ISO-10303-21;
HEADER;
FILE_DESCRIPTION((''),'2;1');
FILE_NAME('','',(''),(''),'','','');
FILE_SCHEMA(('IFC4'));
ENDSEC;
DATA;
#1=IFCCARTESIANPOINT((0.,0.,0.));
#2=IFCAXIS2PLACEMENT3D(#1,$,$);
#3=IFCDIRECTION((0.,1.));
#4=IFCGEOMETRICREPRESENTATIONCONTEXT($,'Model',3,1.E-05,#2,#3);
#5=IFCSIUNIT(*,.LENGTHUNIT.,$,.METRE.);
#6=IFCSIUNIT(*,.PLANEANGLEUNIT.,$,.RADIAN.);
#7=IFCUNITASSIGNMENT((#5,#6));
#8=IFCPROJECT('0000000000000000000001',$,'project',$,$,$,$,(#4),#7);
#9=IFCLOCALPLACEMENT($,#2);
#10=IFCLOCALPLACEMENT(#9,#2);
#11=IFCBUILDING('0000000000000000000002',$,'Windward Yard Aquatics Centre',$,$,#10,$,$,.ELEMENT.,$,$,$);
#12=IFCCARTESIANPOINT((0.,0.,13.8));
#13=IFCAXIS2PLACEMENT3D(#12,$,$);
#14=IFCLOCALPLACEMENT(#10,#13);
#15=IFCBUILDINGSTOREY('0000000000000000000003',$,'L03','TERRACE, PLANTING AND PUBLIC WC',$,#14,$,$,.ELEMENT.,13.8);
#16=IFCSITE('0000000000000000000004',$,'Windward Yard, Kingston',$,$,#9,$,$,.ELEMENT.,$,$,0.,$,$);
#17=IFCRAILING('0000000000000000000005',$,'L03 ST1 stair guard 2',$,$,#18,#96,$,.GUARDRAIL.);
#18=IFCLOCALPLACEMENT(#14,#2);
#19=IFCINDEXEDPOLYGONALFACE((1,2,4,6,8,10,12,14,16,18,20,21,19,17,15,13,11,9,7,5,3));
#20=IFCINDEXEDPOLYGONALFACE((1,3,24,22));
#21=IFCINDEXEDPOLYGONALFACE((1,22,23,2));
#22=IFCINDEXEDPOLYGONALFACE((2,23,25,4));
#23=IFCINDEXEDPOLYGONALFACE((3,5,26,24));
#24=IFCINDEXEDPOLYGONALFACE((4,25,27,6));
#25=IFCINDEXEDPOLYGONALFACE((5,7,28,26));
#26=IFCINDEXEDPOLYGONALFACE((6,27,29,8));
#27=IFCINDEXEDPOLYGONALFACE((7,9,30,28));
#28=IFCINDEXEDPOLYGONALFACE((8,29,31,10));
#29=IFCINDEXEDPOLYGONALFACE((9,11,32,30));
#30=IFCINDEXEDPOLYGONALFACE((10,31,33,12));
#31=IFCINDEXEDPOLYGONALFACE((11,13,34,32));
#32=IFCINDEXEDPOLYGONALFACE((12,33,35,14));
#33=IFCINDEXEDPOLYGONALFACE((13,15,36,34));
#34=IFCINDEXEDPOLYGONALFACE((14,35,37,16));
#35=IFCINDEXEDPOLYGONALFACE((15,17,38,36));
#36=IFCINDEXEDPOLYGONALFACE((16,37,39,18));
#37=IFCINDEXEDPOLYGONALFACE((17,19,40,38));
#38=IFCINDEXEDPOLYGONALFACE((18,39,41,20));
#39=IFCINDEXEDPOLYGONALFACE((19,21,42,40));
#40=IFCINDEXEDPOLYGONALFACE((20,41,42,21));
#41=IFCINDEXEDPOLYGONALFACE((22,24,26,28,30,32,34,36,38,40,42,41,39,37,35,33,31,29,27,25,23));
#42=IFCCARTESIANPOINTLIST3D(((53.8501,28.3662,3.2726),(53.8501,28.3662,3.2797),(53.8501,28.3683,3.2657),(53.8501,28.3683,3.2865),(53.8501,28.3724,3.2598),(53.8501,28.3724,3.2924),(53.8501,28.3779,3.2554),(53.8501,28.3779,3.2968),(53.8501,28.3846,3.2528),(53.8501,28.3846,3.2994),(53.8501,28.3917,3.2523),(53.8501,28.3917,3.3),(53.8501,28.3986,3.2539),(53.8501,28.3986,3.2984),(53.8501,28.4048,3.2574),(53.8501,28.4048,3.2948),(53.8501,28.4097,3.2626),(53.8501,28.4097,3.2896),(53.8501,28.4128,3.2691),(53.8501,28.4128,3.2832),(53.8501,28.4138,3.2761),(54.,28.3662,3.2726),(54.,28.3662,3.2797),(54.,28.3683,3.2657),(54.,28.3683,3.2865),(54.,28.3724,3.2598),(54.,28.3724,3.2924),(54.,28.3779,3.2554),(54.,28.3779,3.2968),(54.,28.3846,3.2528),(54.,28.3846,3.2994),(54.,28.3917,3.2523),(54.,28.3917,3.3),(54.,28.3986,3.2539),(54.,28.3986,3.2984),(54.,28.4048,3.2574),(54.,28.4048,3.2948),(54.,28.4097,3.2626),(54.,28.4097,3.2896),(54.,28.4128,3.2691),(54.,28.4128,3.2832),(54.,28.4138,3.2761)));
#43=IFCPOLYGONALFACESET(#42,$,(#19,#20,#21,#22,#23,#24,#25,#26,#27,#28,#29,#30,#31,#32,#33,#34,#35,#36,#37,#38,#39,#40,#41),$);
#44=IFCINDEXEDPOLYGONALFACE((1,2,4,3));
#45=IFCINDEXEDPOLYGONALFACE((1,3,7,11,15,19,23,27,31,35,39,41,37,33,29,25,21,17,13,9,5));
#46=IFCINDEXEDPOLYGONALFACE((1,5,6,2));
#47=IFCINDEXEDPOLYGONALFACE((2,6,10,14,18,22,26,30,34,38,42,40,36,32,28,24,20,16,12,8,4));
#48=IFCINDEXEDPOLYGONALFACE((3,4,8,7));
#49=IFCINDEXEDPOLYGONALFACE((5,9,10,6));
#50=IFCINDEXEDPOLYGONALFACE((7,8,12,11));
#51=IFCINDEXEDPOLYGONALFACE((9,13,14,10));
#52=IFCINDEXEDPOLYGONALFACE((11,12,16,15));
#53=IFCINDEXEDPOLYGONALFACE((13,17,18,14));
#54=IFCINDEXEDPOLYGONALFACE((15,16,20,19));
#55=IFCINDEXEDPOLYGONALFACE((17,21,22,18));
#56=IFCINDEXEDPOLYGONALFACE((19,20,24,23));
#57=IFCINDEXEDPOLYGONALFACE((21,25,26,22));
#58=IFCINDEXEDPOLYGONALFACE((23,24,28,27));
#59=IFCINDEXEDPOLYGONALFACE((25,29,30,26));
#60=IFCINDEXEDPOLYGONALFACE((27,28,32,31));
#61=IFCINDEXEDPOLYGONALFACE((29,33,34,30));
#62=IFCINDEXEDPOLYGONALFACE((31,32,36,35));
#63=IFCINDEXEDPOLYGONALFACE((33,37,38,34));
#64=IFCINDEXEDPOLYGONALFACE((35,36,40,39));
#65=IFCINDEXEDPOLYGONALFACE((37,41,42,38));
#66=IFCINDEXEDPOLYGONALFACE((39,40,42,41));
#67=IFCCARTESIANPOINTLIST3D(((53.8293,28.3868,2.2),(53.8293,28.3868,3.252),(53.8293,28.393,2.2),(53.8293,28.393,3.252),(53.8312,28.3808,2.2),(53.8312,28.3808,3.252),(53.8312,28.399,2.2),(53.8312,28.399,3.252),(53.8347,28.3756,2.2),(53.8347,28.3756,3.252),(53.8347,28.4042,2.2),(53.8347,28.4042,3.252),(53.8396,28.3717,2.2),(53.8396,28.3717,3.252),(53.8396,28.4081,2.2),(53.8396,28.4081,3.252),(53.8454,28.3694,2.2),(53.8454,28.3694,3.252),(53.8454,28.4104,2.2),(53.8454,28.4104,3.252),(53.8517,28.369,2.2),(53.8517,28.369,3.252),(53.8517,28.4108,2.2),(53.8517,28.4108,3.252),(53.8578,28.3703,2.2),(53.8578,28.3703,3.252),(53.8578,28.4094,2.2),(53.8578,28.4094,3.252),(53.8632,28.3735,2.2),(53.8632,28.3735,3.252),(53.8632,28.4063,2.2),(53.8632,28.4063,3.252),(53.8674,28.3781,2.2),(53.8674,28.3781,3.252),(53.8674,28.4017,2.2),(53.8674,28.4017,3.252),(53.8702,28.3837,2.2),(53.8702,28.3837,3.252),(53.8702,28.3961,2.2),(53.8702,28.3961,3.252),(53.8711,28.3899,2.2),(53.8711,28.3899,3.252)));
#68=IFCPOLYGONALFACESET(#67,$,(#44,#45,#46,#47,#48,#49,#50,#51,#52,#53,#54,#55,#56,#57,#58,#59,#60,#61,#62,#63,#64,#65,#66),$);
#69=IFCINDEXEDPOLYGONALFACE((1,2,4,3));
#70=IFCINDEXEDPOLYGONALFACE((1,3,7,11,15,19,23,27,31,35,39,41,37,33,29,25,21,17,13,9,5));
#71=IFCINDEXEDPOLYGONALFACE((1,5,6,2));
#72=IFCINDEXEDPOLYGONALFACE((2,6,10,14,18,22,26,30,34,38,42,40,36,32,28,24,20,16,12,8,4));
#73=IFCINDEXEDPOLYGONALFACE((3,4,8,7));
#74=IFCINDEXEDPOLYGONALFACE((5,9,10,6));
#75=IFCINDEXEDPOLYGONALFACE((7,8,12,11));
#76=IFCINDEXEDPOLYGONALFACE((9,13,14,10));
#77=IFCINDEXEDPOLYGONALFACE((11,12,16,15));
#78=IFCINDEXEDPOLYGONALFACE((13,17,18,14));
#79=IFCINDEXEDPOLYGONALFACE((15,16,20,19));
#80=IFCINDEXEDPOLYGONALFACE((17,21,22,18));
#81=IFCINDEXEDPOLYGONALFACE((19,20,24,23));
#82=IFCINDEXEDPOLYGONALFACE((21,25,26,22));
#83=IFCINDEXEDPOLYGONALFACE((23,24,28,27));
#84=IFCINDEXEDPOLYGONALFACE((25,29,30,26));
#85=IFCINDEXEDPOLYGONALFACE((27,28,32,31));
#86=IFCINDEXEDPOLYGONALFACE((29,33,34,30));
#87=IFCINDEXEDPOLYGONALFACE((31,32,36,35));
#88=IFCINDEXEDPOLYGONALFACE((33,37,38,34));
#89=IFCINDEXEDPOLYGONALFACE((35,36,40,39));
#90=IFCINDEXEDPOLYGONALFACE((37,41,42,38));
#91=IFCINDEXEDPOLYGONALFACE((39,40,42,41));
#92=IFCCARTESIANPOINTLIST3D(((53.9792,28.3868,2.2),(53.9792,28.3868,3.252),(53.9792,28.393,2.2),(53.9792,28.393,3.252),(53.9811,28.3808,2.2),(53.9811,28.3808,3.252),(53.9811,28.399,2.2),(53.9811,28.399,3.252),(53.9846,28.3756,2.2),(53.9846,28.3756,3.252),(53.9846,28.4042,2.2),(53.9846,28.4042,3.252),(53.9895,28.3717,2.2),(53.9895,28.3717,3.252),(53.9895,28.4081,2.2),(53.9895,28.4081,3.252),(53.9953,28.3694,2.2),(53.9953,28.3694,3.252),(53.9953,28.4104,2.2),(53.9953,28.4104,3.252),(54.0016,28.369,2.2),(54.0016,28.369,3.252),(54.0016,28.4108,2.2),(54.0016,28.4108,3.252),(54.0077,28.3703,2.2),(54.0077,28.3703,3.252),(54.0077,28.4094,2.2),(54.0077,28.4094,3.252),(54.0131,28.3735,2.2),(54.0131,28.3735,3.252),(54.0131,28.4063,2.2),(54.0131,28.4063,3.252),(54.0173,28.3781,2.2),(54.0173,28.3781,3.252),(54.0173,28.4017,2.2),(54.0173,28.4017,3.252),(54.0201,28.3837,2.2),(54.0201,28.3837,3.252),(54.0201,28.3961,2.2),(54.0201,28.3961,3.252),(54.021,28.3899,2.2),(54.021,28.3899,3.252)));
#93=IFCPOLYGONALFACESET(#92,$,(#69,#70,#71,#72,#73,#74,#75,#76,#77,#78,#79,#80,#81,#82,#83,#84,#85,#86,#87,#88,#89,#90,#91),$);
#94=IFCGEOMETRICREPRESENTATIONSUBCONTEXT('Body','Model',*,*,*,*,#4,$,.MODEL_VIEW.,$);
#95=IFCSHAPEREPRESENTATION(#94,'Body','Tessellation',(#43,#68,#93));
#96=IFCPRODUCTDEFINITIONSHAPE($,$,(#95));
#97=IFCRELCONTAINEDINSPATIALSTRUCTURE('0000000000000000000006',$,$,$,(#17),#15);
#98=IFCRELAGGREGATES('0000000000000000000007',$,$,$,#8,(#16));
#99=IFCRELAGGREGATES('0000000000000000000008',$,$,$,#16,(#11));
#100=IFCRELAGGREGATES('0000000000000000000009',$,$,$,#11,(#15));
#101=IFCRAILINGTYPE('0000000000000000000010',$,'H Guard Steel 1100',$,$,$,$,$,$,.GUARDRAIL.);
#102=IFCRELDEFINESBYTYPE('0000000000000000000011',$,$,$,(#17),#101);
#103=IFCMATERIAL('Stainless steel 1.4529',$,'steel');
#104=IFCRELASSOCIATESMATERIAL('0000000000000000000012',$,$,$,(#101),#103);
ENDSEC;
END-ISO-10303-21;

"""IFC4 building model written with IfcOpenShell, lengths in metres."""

from ifc_helpers import new_model, si_unit, direction, frame, origin, origin_2d, place, context, subcontext, project, spatial, circle, extrude, material, type_object, element, save


model = new_model("IFC4")

# Units and contexts
model_context = context("Model", 3, precision=1e-05, world=origin(), true_north=direction((0.0, 1.0)))
body_context = subcontext(model_context, "Body", "Model", "MODEL_VIEW")
ifc_project = project(units=[si_unit("LENGTHUNIT", "METRE"), si_unit("PLANEANGLEUNIT", "RADIAN")], contexts=[model_context])

# Site, building, storey
site_placement = place(None, origin())
site = spatial("IfcSite", under=ifc_project, at=site_placement, Name="Windward Yard, Kingston", CompositionType="ELEMENT", RefElevation=0.0)
building_placement = place(site_placement, origin())
building = spatial("IfcBuilding", under=site, at=building_placement, Name="Windward Yard Aquatics Centre", CompositionType="ELEMENT")
storey_placement = place(building_placement, frame((0.0, 0.0, 13.8)))
storey = spatial("IfcBuildingStorey", under=building, at=storey_placement, Name="L03", Description="TERRACE, PLANTING AND PUBLIC WC", CompositionType="ELEMENT", Elevation=13.8)

# Railing
ifc_material_1 = material(Name="Stainless steel 1.4529", Category="steel")
railing_type_1 = type_object("IfcRailingType", Name="H Guard Steel 1100", PredefinedType="GUARDRAIL", material=ifc_material_1)
railing_1_placement = place(storey_placement, frame((53.8501, 28.3899, 2.2)))
element("IfcRailing", 1, at=railing_1_placement, inside=storey, type_object=railing_type_1, Name="L03 ST1 stair guard 2", PredefinedType="GUARDRAIL", context=body_context, shape_type="SweptSolid", body=[
    extrude(circle(Radius=0.0239, at=origin_2d()), frame((0.0, 0.0, 1.0762), z_axis=(1.0, 0.0, 0.0), x_axis=(0.0, 1.0, 0.0)), (0.0, 0.0, 1.0), 0.1499),
    extrude(circle(Radius=0.021, at=origin_2d()), origin(), (0.0, 0.0, 1.0), 1.052),
    extrude(circle(Radius=0.021, at=origin_2d()), frame((0.1499, 0.0, 0.0)), (0.0, 0.0, 1.0), 1.052),
])

save(model, "model.ifc")
